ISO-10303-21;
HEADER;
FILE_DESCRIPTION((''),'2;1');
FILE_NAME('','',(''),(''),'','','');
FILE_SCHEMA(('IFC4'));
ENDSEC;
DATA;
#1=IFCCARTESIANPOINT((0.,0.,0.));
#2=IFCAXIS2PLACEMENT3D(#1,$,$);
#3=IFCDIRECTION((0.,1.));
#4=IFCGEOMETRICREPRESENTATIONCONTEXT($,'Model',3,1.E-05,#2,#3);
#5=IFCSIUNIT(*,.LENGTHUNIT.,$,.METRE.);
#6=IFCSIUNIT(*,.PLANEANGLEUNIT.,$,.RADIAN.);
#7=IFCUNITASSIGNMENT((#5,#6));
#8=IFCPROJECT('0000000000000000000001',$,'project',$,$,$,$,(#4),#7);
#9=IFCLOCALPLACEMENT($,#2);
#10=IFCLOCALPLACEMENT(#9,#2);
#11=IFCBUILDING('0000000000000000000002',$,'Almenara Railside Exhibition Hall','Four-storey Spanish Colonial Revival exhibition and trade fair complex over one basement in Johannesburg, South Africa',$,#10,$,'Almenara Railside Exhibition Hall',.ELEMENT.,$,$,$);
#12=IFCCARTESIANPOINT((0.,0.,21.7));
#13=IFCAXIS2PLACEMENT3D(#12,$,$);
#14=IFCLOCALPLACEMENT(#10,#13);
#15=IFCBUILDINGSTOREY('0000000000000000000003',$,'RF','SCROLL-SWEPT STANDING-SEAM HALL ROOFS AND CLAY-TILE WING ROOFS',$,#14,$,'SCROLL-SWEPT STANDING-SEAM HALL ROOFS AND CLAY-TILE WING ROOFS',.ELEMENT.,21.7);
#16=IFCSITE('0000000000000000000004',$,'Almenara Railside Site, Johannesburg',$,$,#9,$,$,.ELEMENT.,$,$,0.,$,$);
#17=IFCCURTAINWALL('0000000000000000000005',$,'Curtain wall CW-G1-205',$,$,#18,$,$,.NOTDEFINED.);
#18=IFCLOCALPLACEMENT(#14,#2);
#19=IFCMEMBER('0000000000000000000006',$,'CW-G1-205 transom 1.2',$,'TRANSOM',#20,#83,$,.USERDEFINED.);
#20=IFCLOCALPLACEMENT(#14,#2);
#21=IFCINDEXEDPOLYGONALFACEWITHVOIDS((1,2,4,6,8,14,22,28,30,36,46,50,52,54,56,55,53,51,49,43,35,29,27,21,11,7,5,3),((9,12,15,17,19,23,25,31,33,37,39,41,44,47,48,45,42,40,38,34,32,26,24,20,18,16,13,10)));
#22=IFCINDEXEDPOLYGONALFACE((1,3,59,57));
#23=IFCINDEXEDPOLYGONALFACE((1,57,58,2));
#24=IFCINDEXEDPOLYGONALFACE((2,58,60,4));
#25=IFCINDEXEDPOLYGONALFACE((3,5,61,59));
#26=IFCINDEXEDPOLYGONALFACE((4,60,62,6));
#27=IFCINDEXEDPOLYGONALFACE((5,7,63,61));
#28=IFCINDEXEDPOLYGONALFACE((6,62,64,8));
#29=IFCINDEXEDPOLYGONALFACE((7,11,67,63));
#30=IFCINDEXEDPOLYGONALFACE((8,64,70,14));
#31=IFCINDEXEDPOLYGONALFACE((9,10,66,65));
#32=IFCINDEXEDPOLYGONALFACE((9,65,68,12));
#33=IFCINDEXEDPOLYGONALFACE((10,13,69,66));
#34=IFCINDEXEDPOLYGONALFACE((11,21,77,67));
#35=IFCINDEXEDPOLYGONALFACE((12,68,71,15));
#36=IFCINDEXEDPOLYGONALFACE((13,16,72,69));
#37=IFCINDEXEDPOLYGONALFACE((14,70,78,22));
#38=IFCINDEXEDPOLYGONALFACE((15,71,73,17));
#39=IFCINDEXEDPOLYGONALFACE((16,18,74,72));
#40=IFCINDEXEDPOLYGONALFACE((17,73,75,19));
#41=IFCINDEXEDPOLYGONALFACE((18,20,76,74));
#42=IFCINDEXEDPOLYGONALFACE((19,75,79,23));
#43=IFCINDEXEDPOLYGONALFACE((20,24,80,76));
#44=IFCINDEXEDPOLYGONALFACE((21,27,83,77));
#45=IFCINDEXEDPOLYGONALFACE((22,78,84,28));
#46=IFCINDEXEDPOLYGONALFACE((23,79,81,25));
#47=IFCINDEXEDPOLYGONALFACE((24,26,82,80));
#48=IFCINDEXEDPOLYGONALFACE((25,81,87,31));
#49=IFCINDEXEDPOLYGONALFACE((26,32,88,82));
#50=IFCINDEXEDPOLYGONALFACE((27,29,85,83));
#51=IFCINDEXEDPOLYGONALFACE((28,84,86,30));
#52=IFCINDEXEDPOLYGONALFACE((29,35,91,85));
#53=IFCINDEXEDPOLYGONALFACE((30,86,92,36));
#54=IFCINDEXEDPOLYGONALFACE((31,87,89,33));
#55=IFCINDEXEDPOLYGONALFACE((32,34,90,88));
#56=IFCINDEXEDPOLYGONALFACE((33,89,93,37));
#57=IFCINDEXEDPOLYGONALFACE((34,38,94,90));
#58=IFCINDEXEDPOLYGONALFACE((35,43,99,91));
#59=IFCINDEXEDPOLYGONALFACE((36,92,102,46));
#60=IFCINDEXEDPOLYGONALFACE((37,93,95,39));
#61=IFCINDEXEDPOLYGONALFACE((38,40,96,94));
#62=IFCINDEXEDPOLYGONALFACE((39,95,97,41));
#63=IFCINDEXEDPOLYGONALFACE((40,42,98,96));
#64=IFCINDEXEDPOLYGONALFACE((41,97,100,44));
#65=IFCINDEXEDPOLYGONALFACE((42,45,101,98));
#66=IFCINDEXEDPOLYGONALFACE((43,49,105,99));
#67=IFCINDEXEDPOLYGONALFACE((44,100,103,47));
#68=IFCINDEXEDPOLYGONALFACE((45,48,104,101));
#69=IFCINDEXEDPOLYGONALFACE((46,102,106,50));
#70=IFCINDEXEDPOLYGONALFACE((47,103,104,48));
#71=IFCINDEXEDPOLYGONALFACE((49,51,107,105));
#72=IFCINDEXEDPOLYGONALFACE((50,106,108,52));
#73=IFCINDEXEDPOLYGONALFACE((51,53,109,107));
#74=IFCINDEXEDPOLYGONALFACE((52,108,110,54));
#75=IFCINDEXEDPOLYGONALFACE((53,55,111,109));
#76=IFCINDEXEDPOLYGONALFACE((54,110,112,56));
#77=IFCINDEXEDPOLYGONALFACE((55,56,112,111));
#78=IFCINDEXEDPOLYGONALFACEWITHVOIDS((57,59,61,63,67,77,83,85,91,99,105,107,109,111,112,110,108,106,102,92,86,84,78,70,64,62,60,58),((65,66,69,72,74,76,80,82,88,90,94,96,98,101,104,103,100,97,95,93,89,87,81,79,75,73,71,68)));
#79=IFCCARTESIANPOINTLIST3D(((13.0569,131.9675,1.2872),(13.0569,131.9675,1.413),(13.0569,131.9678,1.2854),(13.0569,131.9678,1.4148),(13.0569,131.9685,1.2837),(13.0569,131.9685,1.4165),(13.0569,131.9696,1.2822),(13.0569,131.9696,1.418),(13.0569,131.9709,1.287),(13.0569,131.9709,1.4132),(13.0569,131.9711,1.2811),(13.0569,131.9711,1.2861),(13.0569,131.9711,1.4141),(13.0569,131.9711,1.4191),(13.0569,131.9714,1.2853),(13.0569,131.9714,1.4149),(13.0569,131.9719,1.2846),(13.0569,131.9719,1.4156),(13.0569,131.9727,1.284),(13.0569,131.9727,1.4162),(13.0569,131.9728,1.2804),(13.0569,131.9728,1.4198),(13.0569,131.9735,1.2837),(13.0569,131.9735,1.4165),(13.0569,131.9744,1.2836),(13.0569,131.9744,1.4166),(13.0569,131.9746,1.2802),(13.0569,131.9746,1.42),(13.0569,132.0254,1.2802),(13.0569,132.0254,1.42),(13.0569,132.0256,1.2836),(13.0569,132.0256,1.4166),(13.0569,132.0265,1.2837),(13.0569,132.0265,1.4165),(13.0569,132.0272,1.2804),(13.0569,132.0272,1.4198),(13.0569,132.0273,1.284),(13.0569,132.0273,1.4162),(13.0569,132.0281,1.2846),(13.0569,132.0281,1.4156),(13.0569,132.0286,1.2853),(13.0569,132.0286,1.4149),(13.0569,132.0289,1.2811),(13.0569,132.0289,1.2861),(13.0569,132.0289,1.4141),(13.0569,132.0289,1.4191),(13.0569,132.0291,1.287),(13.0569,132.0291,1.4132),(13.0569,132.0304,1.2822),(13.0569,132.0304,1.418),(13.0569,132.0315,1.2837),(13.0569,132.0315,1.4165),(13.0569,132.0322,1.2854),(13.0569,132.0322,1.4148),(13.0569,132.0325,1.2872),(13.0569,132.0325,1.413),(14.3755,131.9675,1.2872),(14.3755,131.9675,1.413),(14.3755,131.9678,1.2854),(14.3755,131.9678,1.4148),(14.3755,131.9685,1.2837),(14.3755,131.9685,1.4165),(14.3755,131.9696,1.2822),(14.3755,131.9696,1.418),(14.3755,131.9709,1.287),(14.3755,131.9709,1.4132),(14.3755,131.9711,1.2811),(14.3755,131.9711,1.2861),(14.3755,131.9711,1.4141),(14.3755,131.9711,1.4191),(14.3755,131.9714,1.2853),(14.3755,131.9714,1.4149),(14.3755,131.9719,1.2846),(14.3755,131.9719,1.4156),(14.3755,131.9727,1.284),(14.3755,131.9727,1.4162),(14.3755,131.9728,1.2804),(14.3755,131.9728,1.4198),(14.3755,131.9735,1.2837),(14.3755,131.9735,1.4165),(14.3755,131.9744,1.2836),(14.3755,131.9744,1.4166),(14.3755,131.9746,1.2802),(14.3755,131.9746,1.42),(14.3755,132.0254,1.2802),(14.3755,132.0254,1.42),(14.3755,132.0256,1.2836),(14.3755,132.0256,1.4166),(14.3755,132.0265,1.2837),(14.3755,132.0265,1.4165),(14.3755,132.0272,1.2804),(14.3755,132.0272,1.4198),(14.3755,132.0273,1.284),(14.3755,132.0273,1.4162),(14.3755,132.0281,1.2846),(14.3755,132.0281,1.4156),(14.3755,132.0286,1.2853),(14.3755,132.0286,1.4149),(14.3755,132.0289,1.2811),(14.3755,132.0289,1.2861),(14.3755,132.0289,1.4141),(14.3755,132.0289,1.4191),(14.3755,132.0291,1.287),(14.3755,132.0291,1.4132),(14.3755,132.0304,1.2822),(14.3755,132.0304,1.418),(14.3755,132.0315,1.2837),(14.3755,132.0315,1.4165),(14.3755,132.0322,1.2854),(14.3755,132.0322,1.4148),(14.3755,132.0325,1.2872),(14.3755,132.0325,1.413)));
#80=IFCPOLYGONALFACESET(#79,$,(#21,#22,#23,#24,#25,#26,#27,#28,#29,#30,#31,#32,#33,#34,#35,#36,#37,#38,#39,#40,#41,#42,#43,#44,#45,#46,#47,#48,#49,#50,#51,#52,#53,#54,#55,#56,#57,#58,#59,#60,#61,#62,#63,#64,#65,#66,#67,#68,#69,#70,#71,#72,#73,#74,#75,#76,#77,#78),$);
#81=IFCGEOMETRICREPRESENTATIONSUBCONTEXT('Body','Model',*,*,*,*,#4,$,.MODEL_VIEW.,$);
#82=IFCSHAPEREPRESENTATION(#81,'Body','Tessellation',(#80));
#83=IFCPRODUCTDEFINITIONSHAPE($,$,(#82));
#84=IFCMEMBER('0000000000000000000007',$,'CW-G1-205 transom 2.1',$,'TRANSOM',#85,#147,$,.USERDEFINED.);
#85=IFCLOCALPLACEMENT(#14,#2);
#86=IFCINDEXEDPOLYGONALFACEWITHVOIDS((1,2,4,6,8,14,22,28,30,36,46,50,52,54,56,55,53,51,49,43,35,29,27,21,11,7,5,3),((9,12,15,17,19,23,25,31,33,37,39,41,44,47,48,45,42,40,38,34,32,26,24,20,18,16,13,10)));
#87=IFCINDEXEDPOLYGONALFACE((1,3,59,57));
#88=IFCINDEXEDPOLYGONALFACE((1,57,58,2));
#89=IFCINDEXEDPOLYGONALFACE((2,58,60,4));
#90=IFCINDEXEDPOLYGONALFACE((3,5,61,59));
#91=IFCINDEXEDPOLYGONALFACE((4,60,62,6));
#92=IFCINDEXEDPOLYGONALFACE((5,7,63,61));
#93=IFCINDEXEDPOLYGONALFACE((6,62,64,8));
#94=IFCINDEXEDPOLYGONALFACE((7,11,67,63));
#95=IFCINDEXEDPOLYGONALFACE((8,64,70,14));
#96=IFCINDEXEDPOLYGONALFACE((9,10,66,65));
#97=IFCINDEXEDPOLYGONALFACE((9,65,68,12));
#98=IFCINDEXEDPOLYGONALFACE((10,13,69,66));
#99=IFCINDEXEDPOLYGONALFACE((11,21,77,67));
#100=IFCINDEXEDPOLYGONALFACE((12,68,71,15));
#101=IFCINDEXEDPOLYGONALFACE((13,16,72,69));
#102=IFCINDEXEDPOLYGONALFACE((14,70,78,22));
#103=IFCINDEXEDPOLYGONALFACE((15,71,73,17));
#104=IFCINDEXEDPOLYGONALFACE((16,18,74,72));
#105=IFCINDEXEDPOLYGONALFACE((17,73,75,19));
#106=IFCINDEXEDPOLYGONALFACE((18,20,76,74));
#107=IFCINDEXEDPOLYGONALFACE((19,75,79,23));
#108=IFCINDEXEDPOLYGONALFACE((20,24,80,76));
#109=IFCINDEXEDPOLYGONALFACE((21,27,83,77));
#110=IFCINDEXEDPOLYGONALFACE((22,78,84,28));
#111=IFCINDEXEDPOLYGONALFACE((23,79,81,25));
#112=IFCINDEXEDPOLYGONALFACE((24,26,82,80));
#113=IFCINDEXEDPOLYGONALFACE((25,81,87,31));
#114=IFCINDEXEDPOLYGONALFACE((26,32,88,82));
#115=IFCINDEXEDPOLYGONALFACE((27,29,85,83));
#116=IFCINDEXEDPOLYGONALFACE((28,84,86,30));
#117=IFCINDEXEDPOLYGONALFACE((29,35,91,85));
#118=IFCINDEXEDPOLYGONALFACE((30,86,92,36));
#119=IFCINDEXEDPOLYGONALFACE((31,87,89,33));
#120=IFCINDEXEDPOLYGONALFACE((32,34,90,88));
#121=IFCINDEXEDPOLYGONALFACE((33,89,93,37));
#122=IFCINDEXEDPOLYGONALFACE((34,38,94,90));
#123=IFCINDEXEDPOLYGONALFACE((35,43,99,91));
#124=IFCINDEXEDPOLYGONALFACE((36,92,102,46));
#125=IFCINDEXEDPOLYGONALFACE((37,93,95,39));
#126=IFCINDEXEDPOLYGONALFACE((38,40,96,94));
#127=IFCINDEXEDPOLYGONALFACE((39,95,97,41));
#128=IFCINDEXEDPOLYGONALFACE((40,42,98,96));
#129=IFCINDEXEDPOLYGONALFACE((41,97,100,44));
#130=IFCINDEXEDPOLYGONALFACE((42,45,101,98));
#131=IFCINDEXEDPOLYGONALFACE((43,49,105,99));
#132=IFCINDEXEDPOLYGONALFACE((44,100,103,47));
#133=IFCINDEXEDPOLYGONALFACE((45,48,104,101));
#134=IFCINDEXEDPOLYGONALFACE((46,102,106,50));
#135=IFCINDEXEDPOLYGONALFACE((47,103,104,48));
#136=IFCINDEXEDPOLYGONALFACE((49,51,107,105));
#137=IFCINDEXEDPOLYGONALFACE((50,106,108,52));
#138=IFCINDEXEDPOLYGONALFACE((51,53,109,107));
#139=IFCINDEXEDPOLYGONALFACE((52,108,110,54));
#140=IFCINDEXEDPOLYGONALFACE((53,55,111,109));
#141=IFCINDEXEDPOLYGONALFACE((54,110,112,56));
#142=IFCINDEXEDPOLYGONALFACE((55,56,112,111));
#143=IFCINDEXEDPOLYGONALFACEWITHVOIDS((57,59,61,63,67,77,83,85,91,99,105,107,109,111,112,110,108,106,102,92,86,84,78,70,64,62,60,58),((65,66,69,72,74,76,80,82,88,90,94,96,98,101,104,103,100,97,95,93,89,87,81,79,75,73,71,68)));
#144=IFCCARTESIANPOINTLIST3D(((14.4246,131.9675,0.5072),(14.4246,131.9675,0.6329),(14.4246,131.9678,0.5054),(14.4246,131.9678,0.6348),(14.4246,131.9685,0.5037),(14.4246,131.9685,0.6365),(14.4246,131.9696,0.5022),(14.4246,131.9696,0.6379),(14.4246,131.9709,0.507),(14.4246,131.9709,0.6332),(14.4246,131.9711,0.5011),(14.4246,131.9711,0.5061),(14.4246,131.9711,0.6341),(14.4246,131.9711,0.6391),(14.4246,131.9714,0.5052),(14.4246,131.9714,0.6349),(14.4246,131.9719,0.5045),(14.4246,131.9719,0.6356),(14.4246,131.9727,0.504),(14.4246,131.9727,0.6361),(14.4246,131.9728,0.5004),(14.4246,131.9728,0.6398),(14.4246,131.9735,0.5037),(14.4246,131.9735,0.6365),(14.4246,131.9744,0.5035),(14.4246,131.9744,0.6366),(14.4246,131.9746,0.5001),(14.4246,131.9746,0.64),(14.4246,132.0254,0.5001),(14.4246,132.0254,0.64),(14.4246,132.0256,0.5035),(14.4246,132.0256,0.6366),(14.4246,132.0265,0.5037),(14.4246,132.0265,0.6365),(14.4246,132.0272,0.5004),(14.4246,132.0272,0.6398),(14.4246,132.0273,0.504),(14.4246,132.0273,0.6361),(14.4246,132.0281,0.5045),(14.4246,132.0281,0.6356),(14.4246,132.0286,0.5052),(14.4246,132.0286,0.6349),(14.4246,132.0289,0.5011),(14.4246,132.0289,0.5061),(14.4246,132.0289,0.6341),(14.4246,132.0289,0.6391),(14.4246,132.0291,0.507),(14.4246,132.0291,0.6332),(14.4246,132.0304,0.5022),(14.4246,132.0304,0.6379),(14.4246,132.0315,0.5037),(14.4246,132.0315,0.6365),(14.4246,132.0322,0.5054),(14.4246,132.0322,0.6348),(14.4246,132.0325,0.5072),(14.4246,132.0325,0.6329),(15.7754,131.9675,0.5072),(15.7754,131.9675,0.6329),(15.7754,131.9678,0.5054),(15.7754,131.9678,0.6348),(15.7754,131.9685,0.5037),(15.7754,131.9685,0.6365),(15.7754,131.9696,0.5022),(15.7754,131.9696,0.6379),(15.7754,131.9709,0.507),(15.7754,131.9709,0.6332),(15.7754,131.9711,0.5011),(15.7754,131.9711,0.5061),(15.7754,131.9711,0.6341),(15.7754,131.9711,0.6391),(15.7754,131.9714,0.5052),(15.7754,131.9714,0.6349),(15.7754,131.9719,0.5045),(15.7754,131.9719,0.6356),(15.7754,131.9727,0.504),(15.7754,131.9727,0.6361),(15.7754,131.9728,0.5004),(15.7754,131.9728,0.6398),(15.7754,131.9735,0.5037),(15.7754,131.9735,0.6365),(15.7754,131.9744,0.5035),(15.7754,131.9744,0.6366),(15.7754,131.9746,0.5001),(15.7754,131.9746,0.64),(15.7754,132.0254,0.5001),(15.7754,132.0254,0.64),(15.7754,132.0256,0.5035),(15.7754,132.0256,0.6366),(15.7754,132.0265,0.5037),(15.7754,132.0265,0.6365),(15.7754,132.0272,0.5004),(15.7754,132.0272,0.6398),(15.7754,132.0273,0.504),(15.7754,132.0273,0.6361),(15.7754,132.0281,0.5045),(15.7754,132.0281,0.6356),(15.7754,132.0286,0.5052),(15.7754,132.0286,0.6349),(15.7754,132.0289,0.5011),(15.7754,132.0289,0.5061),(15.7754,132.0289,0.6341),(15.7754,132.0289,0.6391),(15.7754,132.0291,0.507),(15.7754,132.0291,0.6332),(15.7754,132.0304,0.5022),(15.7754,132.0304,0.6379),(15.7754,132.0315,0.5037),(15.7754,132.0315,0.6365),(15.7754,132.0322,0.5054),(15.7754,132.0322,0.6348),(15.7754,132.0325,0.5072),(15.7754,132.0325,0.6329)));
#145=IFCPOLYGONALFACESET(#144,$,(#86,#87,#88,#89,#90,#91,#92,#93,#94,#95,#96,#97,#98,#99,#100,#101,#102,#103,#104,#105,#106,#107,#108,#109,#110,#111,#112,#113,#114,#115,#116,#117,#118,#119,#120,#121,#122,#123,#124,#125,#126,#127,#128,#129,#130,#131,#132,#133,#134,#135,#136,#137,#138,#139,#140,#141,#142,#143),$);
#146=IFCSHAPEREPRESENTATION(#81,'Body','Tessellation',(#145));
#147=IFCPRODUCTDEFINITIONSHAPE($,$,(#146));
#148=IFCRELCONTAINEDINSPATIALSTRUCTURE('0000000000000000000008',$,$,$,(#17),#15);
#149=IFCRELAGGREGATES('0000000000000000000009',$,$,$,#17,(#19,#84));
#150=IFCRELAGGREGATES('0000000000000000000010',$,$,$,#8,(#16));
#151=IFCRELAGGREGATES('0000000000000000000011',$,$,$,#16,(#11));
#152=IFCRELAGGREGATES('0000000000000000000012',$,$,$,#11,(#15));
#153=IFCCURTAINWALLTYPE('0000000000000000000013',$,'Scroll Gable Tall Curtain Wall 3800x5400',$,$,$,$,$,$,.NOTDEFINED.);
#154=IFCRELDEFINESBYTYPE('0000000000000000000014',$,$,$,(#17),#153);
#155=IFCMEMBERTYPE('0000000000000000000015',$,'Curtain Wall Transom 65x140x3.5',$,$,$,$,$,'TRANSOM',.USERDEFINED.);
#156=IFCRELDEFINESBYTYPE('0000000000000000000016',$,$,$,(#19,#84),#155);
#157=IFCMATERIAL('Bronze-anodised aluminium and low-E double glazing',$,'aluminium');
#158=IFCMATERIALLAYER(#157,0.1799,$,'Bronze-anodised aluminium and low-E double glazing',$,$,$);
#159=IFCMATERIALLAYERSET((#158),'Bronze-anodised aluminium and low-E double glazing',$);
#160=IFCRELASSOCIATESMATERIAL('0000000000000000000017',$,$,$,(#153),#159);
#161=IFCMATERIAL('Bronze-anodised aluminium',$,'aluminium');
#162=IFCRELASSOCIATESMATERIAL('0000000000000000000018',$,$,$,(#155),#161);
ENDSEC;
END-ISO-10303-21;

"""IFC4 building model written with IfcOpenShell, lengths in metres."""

from ifc_helpers import new_model, si_unit, direction, frame, origin, origin_2d, place, context, subcontext, project, spatial, hollow_rectangle, extrude, material, layer, layer_set, material_profile, profile_set, type_object, element, aggregate, save


model = new_model("IFC4")

# Units and contexts
model_context = context("Model", 3, precision=1e-05, world=origin(), true_north=direction((0.0, 1.0)))
body_context = subcontext(model_context, "Body", "Model", "MODEL_VIEW")
ifc_project = project(units=[si_unit("LENGTHUNIT", "METRE"), si_unit("PLANEANGLEUNIT", "RADIAN")], contexts=[model_context])

# Site, building, storey
site_placement = place(None, origin())
site = spatial("IfcSite", under=ifc_project, at=site_placement, Name="Almenara Railside Site, Johannesburg", CompositionType="ELEMENT", RefElevation=0.0)
building_placement = place(site_placement, origin())
building = spatial("IfcBuilding", under=site, at=building_placement, Name="Almenara Railside Exhibition Hall", Description="Four-storey Spanish Colonial Revival exhibition and trade fair complex over one basement in Johannesburg, South Africa", LongName="Almenara Railside Exhibition Hall", CompositionType="ELEMENT")
storey_placement = place(building_placement, frame((0.0, 0.0, 21.7)))
storey = spatial("IfcBuildingStorey", under=building, at=storey_placement, Name="RF", Description="SCROLL-SWEPT STANDING-SEAM HALL ROOFS AND CLAY-TILE WING ROOFS", LongName="SCROLL-SWEPT STANDING-SEAM HALL ROOFS AND CLAY-TILE WING ROOFS", CompositionType="ELEMENT", Elevation=21.7)

# Curtain wall
ifc_material_1 = material(Name="Bronze-anodised aluminium and low-E double glazing", Category="aluminium")
ifc_material_2 = material(Name="Bronze-anodised aluminium", Category="aluminium")
ifc_layer_1 = layer(ifc_material_1, 0.1799, Name="Bronze-anodised aluminium and low-E double glazing")
ifc_layer_set_1 = layer_set([ifc_layer_1], Name="Bronze-anodised aluminium and low-E double glazing")
curtain_wall_type_1 = type_object("IfcCurtainWallType", Name="Scroll Gable Tall Curtain Wall 3800x5400", PredefinedType="NOTDEFINED", material=ifc_layer_set_1)
curtain_wall_1_placement = place(storey_placement, origin())
curtain_wall_1 = element("IfcCurtainWall", 1, at=curtain_wall_1_placement, inside=storey, type_object=curtain_wall_type_1, Name="Curtain wall CW-G1-205", PredefinedType="NOTDEFINED")

# Members
ifc_material_profile_1 = material_profile(ifc_material_2, hollow_rectangle(XDim=0.0649, YDim=0.1399, WallThickness=0.0034, InnerFilletRadius=0.0034, OuterFilletRadius=0.0071, at=origin_2d()), Name="ALU-TRN 65x140x3.5")
ifc_profile_set_1 = profile_set([ifc_material_profile_1], Name="Bronze-anodised aluminium")
member_type_1 = type_object("IfcMemberType", Name="Curtain Wall Transom 65x140x3.5", ElementType="TRANSOM", PredefinedType="USERDEFINED", material=ifc_profile_set_1)
member_1_placement = place(storey_placement, frame((13.0569, 132.0, 1.3501), z_axis=(1.0, 0.0, 0.0), x_axis=(0.0, 1.0, 0.0)))
member_1 = element("IfcMember", 2, at=member_1_placement, type_object=member_type_1, Name="CW-G1-205 transom 1.2", ObjectType="TRANSOM", PredefinedType="USERDEFINED", context=body_context, shape_type="SweptSolid", body=[
    extrude(hollow_rectangle(XDim=0.0649, YDim=0.1399, WallThickness=0.0034, InnerFilletRadius=0.0034, OuterFilletRadius=0.0071, at=origin_2d()), origin(), (0.0, 0.0, 1.0), 1.3186),
])
member_2_placement = place(storey_placement, frame((14.4246, 132.0, 0.5701), z_axis=(1.0, 0.0, 0.0), x_axis=(0.0, 1.0, 0.0)))
member_2 = element("IfcMember", 3, at=member_2_placement, type_object=member_type_1, Name="CW-G1-205 transom 2.1", ObjectType="TRANSOM", PredefinedType="USERDEFINED", context=body_context, shape_type="SweptSolid", body=[
    extrude(hollow_rectangle(XDim=0.0649, YDim=0.1399, WallThickness=0.0034, InnerFilletRadius=0.0034, OuterFilletRadius=0.0071, at=origin_2d()), origin(), (0.0, 0.0, 1.0), 1.3508),
])

aggregate(curtain_wall_1, [member_1, member_2])

save(model, "model.ifc")
